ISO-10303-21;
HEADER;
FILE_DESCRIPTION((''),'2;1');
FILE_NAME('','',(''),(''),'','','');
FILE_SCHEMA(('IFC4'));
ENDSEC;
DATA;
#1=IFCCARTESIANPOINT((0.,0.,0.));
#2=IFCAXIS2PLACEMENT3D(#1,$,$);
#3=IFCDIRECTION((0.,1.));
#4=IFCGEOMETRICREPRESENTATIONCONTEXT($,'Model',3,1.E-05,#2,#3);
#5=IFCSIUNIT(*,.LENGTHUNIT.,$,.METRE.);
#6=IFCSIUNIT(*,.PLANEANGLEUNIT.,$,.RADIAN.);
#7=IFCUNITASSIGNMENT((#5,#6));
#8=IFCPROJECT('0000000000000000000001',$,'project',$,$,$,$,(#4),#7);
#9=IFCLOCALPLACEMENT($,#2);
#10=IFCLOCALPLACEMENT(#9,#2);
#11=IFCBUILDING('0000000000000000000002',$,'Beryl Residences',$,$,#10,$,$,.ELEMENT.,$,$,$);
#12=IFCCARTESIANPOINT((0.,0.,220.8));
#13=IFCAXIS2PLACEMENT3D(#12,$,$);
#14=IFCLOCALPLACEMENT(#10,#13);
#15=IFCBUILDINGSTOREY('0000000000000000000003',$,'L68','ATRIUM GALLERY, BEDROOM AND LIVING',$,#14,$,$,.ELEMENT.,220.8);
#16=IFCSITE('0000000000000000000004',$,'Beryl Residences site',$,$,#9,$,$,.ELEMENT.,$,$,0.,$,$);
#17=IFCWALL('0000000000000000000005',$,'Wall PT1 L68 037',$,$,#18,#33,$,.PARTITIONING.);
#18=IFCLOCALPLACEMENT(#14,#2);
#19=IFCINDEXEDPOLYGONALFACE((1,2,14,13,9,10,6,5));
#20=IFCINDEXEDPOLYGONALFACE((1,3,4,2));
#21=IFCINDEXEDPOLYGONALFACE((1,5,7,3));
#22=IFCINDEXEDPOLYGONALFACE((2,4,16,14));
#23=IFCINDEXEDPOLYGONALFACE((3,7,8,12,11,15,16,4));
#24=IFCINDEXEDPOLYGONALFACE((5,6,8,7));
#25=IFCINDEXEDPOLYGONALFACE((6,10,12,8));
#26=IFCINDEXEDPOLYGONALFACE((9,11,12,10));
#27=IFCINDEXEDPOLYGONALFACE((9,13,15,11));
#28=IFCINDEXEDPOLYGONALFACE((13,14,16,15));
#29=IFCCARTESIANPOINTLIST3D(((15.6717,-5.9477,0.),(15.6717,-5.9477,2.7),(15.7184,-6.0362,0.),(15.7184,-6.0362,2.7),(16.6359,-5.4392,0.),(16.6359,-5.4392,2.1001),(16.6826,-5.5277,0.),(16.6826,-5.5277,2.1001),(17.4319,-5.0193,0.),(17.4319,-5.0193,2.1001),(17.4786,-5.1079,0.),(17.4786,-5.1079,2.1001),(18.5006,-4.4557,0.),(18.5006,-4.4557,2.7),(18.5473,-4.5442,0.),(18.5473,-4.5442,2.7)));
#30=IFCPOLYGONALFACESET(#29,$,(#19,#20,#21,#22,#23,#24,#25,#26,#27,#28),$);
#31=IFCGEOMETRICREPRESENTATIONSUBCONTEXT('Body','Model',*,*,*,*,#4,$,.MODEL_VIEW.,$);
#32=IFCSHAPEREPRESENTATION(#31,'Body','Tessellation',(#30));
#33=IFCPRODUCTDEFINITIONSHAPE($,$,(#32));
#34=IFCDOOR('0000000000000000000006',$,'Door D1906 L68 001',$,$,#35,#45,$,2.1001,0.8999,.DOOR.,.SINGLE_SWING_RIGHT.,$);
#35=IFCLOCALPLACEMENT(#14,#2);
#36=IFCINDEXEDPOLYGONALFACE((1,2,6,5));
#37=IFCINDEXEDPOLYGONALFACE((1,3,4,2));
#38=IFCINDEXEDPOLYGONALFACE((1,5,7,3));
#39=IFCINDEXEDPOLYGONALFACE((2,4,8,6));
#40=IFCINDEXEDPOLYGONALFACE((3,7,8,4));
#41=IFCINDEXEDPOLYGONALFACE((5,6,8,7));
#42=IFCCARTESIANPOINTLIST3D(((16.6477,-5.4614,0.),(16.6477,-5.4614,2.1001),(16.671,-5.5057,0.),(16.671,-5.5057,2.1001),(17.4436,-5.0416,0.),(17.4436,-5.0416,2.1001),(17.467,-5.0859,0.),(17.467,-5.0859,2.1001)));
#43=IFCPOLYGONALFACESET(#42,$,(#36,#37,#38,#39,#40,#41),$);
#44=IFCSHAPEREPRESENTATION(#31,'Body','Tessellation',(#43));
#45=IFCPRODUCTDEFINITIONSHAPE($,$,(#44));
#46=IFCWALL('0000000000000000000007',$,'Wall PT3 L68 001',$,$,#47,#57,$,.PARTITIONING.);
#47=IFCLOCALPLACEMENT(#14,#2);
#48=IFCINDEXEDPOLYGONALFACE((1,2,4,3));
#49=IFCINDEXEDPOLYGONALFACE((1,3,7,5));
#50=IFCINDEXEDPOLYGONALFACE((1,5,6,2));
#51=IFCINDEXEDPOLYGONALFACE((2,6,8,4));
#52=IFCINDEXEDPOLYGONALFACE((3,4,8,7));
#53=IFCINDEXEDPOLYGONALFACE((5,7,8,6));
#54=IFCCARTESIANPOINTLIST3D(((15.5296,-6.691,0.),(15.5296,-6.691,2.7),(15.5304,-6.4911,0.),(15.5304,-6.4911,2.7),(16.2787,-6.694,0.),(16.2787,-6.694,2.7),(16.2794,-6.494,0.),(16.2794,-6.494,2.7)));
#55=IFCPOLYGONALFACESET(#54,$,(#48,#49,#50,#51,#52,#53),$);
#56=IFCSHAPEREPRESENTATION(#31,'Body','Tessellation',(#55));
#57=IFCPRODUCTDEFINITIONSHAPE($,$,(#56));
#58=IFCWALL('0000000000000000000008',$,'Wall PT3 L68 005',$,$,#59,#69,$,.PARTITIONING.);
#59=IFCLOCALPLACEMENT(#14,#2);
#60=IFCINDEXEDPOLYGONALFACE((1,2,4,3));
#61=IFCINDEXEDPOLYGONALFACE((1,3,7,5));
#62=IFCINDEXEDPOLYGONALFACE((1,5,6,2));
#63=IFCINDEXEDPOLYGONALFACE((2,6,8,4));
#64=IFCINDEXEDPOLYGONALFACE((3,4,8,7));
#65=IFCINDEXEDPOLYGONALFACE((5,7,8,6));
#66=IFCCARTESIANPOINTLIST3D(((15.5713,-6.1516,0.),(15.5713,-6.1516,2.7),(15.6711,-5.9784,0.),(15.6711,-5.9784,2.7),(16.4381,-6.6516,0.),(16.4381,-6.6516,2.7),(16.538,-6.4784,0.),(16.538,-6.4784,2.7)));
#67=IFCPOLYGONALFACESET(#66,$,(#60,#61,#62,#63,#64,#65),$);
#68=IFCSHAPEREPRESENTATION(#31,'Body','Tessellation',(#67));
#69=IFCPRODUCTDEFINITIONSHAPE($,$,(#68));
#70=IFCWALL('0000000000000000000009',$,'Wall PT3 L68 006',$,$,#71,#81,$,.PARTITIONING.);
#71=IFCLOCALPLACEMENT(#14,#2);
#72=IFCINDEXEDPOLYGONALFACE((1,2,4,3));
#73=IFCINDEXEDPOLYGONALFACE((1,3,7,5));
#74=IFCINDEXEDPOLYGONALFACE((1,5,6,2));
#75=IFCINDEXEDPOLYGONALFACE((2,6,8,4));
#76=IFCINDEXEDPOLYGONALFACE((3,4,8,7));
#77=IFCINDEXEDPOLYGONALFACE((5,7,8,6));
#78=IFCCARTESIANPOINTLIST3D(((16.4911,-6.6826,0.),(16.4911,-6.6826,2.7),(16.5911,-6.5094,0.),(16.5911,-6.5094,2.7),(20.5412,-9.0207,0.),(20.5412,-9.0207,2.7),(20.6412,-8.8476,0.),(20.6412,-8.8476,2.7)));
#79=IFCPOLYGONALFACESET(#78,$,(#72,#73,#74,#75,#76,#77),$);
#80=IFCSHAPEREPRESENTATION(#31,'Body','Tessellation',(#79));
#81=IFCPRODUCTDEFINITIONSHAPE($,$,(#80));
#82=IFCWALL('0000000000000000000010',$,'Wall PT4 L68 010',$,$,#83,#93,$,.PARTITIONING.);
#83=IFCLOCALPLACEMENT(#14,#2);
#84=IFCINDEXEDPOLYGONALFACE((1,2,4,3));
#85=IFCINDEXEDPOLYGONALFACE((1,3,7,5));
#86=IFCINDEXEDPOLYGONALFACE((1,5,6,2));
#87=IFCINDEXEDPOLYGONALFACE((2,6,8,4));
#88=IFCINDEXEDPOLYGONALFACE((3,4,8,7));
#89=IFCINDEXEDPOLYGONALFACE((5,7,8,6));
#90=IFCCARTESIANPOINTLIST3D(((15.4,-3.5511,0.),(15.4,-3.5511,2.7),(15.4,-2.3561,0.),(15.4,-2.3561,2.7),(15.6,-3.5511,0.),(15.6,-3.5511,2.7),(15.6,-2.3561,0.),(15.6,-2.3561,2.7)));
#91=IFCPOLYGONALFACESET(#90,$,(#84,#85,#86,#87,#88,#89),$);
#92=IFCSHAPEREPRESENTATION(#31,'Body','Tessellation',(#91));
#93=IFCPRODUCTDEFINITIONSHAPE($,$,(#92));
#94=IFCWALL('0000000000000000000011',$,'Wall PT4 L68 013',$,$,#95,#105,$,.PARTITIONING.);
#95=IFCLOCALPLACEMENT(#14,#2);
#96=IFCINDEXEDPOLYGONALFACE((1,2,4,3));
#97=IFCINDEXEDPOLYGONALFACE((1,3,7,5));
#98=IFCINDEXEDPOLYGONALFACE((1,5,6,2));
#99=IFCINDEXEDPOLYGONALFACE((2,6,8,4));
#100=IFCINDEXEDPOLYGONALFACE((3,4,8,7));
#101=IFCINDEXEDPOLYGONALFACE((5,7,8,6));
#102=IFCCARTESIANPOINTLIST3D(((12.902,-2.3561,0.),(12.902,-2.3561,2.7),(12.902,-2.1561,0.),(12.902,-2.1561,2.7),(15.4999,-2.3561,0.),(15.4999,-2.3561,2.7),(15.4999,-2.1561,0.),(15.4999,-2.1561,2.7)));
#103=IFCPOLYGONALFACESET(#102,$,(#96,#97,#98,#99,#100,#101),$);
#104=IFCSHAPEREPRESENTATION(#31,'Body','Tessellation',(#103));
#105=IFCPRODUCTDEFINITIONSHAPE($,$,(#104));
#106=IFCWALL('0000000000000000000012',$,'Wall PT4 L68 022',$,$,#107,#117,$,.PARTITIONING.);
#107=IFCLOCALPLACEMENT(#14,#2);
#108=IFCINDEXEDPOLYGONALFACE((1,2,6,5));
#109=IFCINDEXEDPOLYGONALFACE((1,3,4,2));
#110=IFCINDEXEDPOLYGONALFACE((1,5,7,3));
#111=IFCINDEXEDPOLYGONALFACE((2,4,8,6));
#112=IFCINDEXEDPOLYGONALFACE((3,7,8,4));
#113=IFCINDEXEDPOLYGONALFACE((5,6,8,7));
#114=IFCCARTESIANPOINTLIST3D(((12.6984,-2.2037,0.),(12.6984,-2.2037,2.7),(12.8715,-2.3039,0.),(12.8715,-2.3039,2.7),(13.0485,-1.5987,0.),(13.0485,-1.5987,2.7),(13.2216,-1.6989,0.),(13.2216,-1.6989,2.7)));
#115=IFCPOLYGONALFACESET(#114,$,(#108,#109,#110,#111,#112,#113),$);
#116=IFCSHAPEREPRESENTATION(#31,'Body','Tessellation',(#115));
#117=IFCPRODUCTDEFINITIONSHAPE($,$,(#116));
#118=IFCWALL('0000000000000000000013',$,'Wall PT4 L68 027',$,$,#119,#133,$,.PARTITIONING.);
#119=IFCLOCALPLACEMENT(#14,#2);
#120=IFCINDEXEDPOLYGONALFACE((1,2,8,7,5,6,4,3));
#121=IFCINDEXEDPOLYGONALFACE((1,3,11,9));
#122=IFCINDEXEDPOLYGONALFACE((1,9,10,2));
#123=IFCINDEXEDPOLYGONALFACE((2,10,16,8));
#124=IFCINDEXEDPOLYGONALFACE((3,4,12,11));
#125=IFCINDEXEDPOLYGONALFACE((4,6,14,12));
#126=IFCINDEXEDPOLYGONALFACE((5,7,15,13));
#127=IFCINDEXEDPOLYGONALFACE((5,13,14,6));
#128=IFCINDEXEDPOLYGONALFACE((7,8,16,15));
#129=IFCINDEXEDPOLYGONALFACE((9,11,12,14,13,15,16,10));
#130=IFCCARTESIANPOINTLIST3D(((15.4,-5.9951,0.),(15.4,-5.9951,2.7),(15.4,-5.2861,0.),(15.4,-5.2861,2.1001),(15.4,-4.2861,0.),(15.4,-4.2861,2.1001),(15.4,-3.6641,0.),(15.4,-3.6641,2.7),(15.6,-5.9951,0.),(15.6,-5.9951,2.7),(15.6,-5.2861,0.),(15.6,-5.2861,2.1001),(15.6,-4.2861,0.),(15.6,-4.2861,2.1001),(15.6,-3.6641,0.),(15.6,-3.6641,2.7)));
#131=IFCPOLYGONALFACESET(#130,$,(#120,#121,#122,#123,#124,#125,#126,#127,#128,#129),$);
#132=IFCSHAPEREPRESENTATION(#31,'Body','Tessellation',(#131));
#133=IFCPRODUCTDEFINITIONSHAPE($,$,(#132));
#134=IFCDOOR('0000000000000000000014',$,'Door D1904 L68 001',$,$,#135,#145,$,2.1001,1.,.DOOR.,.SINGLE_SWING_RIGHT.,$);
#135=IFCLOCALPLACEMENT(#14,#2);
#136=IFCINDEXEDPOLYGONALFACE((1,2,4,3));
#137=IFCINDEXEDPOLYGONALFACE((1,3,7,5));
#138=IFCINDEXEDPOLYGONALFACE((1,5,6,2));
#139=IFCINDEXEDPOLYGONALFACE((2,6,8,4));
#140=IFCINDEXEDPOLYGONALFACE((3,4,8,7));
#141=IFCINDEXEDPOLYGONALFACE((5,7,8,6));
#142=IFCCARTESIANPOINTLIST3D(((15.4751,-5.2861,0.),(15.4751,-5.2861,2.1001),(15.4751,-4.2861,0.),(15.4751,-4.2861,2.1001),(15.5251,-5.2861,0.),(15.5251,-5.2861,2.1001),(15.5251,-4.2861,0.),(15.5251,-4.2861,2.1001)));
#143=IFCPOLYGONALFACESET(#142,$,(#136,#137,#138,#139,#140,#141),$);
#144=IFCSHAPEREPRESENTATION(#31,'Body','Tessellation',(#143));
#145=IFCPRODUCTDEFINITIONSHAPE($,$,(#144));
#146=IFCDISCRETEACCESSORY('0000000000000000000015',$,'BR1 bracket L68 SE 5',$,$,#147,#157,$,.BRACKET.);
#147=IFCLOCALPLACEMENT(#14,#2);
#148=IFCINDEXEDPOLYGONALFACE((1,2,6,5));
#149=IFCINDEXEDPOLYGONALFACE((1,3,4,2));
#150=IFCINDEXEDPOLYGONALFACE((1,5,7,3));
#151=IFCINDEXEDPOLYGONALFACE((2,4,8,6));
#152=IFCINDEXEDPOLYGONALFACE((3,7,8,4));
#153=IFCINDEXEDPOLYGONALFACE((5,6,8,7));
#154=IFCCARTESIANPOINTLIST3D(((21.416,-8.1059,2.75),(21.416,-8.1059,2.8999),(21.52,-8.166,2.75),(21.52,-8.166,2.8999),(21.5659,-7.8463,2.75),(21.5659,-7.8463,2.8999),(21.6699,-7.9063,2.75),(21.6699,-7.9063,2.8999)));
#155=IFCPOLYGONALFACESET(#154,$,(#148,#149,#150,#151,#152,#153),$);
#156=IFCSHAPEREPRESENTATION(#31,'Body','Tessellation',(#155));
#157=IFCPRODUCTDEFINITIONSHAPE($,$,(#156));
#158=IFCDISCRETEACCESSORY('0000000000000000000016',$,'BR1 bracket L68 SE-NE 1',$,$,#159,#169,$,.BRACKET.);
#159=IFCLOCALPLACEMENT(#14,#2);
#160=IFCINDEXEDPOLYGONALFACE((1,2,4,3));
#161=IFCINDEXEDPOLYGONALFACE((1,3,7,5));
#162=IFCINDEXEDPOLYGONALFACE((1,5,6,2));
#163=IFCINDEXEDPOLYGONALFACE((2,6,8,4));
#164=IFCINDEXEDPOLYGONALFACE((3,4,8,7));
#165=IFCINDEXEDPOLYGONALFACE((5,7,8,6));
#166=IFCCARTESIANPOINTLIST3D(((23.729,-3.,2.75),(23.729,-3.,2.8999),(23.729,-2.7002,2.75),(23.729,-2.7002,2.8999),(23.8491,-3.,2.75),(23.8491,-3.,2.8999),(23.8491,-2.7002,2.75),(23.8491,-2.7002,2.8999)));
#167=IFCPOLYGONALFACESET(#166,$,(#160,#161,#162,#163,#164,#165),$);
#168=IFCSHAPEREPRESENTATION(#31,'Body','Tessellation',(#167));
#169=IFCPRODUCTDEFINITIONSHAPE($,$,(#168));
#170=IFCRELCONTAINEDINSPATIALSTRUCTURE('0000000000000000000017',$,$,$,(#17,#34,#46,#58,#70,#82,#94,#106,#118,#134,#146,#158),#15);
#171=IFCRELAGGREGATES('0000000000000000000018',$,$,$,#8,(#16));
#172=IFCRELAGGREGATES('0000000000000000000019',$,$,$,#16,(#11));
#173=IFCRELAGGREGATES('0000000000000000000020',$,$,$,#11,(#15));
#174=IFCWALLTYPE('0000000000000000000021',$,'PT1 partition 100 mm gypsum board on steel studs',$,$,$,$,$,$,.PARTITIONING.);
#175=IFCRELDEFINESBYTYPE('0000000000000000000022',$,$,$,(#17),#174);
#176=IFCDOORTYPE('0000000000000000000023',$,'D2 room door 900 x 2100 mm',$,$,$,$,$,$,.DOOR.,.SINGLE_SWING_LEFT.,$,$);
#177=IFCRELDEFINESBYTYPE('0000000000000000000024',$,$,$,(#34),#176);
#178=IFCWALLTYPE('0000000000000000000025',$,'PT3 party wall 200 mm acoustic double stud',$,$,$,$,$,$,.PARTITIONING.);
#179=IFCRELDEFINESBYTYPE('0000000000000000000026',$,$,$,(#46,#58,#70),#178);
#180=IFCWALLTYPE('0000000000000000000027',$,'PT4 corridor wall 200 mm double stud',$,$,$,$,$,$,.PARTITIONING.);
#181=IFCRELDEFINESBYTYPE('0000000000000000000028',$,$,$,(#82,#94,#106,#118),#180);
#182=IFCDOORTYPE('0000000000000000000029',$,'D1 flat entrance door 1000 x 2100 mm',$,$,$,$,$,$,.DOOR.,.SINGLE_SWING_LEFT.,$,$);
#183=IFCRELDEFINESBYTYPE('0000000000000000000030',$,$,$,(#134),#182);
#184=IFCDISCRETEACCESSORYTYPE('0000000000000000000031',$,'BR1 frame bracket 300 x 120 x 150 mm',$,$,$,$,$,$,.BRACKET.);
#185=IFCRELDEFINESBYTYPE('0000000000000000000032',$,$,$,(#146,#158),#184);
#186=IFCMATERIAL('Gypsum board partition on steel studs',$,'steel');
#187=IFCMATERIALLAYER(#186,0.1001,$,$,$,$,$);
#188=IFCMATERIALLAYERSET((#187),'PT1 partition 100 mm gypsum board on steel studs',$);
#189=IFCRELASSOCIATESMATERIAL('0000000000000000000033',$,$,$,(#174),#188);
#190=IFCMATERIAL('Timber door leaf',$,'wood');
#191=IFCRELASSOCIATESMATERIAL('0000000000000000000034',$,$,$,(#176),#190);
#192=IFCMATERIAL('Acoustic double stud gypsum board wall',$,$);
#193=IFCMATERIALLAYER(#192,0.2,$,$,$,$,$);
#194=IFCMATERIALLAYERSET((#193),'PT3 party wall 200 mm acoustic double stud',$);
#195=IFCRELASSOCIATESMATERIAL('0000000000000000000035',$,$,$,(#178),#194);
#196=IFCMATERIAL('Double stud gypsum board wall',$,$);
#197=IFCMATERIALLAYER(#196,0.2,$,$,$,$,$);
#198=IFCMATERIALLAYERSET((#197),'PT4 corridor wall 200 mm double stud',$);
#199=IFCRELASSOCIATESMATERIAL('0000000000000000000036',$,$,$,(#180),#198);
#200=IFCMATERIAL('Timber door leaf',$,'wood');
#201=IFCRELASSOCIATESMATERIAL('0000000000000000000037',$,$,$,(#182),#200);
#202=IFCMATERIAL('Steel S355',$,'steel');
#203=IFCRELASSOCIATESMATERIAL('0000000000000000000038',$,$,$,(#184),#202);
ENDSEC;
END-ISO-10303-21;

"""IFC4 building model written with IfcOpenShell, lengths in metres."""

from ifc_helpers import new_model, si_unit, direction, frame, frame_2d, origin, place, context, subcontext, project, spatial, polyline, rectangle, outline, extrude, source, transform, mapped, material, layer, layer_set, type_object, type_shapes, element, fill, save


model = new_model("IFC4")

# Units and contexts
model_context = context("Model", 3, precision=1e-05, world=origin(), true_north=direction((0.0, 1.0)))
body_context = subcontext(model_context, "Body", "Model", "MODEL_VIEW")
ifc_project = project(units=[si_unit("LENGTHUNIT", "METRE"), si_unit("PLANEANGLEUNIT", "RADIAN")], contexts=[model_context])

# Site, building, storey
site_placement = place(None, origin())
site = spatial("IfcSite", under=ifc_project, at=site_placement, Name="Beryl Residences site", CompositionType="ELEMENT", RefElevation=0.0)
building_placement = place(site_placement, origin())
building = spatial("IfcBuilding", under=site, at=building_placement, Name="Beryl Residences", CompositionType="ELEMENT")
storey_placement = place(building_placement, frame((0.0, 0.0, 220.8)))
storey = spatial("IfcBuildingStorey", under=building, at=storey_placement, Name="L68", Description="ATRIUM GALLERY, BEDROOM AND LIVING", CompositionType="ELEMENT", Elevation=220.8)

# Shared definitions
ifc_material_1 = material(Name="Gypsum board partition on steel studs", Category="steel")
ifc_layer_1 = layer(ifc_material_1, 0.1001)
ifc_layer_set_1 = layer_set([ifc_layer_1], Name="PT1 partition 100 mm gypsum board on steel studs")
wall_type_1 = type_object("IfcWallType", Name="PT1 partition 100 mm gypsum board on steel studs", PredefinedType="PARTITIONING", material=ifc_layer_set_1)
ifc_material_2 = material(Name="Timber door leaf", Category="wood")
door_type_1 = type_object("IfcDoorType", Name="D2 room door 900 x 2100 mm", OperationType="SINGLE_SWING_LEFT", PredefinedType="DOOR", material=ifc_material_2)

# Wall, opening, door
wall_1_placement = place(storey_placement, frame((15.6951, -5.9919, 0.0), z_axis=(0.0, 0.0, 1.0), x_axis=(0.884522, 0.466498, 0.0)))
wall_1 = element("IfcWall", 1, at=wall_1_placement, inside=storey, type_object=wall_type_1, Name="Wall PT1 L68 037", PredefinedType="PARTITIONING", context=body_context, shape_type="SweptSolid", body=[
    extrude(rectangle(XDim=3.1982, YDim=0.1001, at=frame_2d((1.5991, 0.0))), origin(), (0.0, 0.0, 1.0), 2.7),
])
opening_1_placement = place(wall_1_placement, frame((1.0901, 0.0, 0.0)))
opening_1 = element("IfcOpeningElement", 2, at=opening_1_placement, cuts=wall_1, PredefinedType="OPENING", context=body_context, shape_type="SweptSolid", body=[
    extrude(rectangle(XDim=0.8999, YDim=2.1001, at=frame_2d((0.45, 1.05))), frame((0.0, 0.0601, 0.0), z_axis=(0.0, -1.0, 0.0), x_axis=(1.0, 0.0, 0.0)), (0.0, 0.0, 1.0), 0.1201),
])
door_1_placement = place(opening_1_placement, origin())
door_1 = element("IfcDoor", 3, at=door_1_placement, inside=storey, type_object=door_type_1, Name="Door D1906 L68 001", OperationType="SINGLE_SWING_RIGHT", OverallHeight=2.1001, OverallWidth=0.8999, PredefinedType="DOOR", context=body_context, shape_type="SweptSolid", body=[
    extrude(rectangle(XDim=0.8999, YDim=2.1001, at=frame_2d((0.45, 1.05))), frame((0.0, 0.0249, 0.0), z_axis=(0.0, -1.0, 0.0), x_axis=(1.0, 0.0, 0.0)), (0.0, 0.0, 1.0), 0.05),
])
fill(opening_1, door_1)

# Walls
ifc_material_3 = material(Name="Acoustic double stud gypsum board wall")
ifc_layer_2 = layer(ifc_material_3, 0.2)
ifc_layer_set_2 = layer_set([ifc_layer_2], Name="PT3 party wall 200 mm acoustic double stud")
wall_type_2 = type_object("IfcWallType", Name="PT3 party wall 200 mm acoustic double stud", PredefinedType="PARTITIONING", material=ifc_layer_set_2)
wall_2_placement = place(storey_placement, frame((15.53, -6.5911, 0.0), z_axis=(0.0, 0.0, 1.0), x_axis=(0.999992, -0.003911, 0.0)))
element("IfcWall", 4, at=wall_2_placement, inside=storey, type_object=wall_type_2, Name="Wall PT3 L68 001", PredefinedType="PARTITIONING", context=body_context, shape_type="SweptSolid", body=[
    extrude(rectangle(XDim=0.749, YDim=0.2, at=frame_2d((0.3745, 0.0))), origin(), (0.0, 0.0, 1.0), 2.7),
])
wall_3_placement = place(storey_placement, frame((15.6211, -6.0649, 0.0), z_axis=(0.0, 0.0, 1.0), x_axis=(0.866255, -0.499603, 0.0)))
element("IfcWall", 5, at=wall_3_placement, inside=storey, type_object=wall_type_2, Name="Wall PT3 L68 005", PredefinedType="PARTITIONING", context=body_context, shape_type="SweptSolid", body=[
    extrude(rectangle(XDim=1.0007, YDim=0.2, at=frame_2d((0.5005, 0.0))), origin(), (0.0, 0.0, 1.0), 2.7),
])
wall_4_placement = place(storey_placement, frame((16.541, -6.5959, 0.0), z_axis=(0.0, 0.0, 1.0), x_axis=(0.86604, -0.499974, 0.0)))
element("IfcWall", 6, at=wall_4_placement, inside=storey, type_object=wall_type_2, Name="Wall PT3 L68 006", PredefinedType="PARTITIONING", context=body_context, shape_type="SweptSolid", body=[
    extrude(rectangle(XDim=4.6765, YDim=0.2, at=frame_2d((2.3384, 0.0))), origin(), (0.0, 0.0, 1.0), 2.7),
])
ifc_material_4 = material(Name="Double stud gypsum board wall")
ifc_layer_3 = layer(ifc_material_4, 0.2)
ifc_layer_set_3 = layer_set([ifc_layer_3], Name="PT4 corridor wall 200 mm double stud")
wall_type_3 = type_object("IfcWallType", Name="PT4 corridor wall 200 mm double stud", PredefinedType="PARTITIONING", material=ifc_layer_set_3)
wall_5_placement = place(storey_placement, frame((15.5, -2.356, 0.0), z_axis=(0.0, 0.0, 1.0), x_axis=(0.0, -1.0, 0.0)))
element("IfcWall", 7, at=wall_5_placement, inside=storey, type_object=wall_type_3, Name="Wall PT4 L68 010", PredefinedType="PARTITIONING", context=body_context, shape_type="SweptSolid", body=[
    extrude(rectangle(XDim=1.1951, YDim=0.2, at=frame_2d((0.5977, 0.0))), origin(), (0.0, 0.0, 1.0), 2.7),
])
wall_6_placement = place(storey_placement, frame((12.9021, -2.2561, 0.0), z_axis=(0.0, 0.0, 1.0), x_axis=(1.0, 0.0, 0.0)))
element("IfcWall", 8, at=wall_6_placement, inside=storey, type_object=wall_type_3, Name="Wall PT4 L68 013", PredefinedType="PARTITIONING", context=body_context, shape_type="SweptSolid", body=[
    extrude(rectangle(XDim=2.5979, YDim=0.2, at=frame_2d((1.2988, 0.0))), origin(), (0.0, 0.0, 1.0), 2.7),
])
wall_7_placement = place(storey_placement, frame((12.7849, -2.2539, 0.0), z_axis=(0.0, 0.0, 1.0), x_axis=(0.500871, 0.865522, 0.0)))
element("IfcWall", 9, at=wall_7_placement, inside=storey, type_object=wall_type_3, Name="Wall PT4 L68 022", PredefinedType="PARTITIONING", context=body_context, shape_type="SweptSolid", body=[
    extrude(rectangle(XDim=0.699, YDim=0.2, at=frame_2d((0.3496, 0.0))), origin(), (0.0, 0.0, 1.0), 2.7),
])

# Wall, opening, door
wall_8_placement = place(storey_placement, frame((15.5, -5.9951, 0.0), z_axis=(0.0, 0.0, 1.0), x_axis=(0.0, 1.0, 0.0)))
wall_8 = element("IfcWall", 10, at=wall_8_placement, inside=storey, type_object=wall_type_3, Name="Wall PT4 L68 027", PredefinedType="PARTITIONING", context=body_context, shape_type="SweptSolid", body=[
    extrude(rectangle(XDim=2.3311, YDim=0.2, at=frame_2d((1.1655, 0.0))), origin(), (0.0, 0.0, 1.0), 2.7),
])
opening_2_placement = place(wall_8_placement, frame((0.709, 0.0, 0.0)))
opening_2 = element("IfcOpeningElement", 11, at=opening_2_placement, cuts=wall_8, PredefinedType="OPENING", context=body_context, shape_type="SweptSolid", body=[
    extrude(rectangle(XDim=1.0, YDim=2.1001, at=frame_2d((0.5, 1.05))), frame((0.0, 0.1099, 0.0), z_axis=(0.0, -1.0, 0.0), x_axis=(1.0, 0.0, 0.0)), (0.0, 0.0, 1.0), 0.22),
])
ifc_material_5 = material(Name="Timber door leaf", Category="wood")
door_type_2 = type_object("IfcDoorType", Name="D1 flat entrance door 1000 x 2100 mm", OperationType="SINGLE_SWING_LEFT", PredefinedType="DOOR", material=ifc_material_5)
door_2_placement = place(opening_2_placement, origin())
door_2 = element("IfcDoor", 12, at=door_2_placement, inside=storey, type_object=door_type_2, Name="Door D1904 L68 001", OperationType="SINGLE_SWING_RIGHT", OverallHeight=2.1001, OverallWidth=1.0, PredefinedType="DOOR", context=body_context, shape_type="SweptSolid", body=[
    extrude(rectangle(XDim=1.0, YDim=2.1001, at=frame_2d((0.5, 1.05))), frame((0.0, 0.0249, 0.0), z_axis=(0.0, -1.0, 0.0), x_axis=(1.0, 0.0, 0.0)), (0.0, 0.0, 1.0), 0.05),
])
fill(opening_2, door_2)

# Discrete accessories
ifc_material_6 = material(Name="Steel S355", Category="steel")
discrete_accessory_type = type_object("IfcDiscreteAccessoryType", Name="BR1 frame bracket 300 x 120 x 150 mm", PredefinedType="BRACKET", material=ifc_material_6)
shared_shape_1 = source(origin(), body_context, "Body", "SweptSolid", [
    extrude(outline(polyline([(-0.1499, 0.0), (0.1499, 0.0), (0.1499, 0.1201), (-0.1499, 0.1201), (-0.1499, 0.0)])), origin(), (0.0, 0.0, 1.0), 0.1499),
])
type_shapes(discrete_accessory_type, [shared_shape_1])
for number, where, z_axis, x_axis, name in (
    (13, (21.491, -7.9761, 2.75), (0.0, 0.0, 1.0), (-0.5, -0.866025, 0.0), "BR1 bracket L68 SE 5"),
    (14, (23.729, -2.8501, 2.75), (0.0, 0.0, 1.0), (0.0, -1.0, 0.0), "BR1 bracket L68 SE-NE 1"),
):
    element("IfcDiscreteAccessory", number, at=place(storey_placement, frame(where, z_axis=z_axis, x_axis=x_axis)), inside=storey, type_object=discrete_accessory_type, Name=name, PredefinedType="BRACKET", context=body_context, shape_type="MappedRepresentation", body=[
        mapped(shared_shape_1, transform((0.0, 0.0, 0.0))),
    ])

save(model, "model.ifc")
